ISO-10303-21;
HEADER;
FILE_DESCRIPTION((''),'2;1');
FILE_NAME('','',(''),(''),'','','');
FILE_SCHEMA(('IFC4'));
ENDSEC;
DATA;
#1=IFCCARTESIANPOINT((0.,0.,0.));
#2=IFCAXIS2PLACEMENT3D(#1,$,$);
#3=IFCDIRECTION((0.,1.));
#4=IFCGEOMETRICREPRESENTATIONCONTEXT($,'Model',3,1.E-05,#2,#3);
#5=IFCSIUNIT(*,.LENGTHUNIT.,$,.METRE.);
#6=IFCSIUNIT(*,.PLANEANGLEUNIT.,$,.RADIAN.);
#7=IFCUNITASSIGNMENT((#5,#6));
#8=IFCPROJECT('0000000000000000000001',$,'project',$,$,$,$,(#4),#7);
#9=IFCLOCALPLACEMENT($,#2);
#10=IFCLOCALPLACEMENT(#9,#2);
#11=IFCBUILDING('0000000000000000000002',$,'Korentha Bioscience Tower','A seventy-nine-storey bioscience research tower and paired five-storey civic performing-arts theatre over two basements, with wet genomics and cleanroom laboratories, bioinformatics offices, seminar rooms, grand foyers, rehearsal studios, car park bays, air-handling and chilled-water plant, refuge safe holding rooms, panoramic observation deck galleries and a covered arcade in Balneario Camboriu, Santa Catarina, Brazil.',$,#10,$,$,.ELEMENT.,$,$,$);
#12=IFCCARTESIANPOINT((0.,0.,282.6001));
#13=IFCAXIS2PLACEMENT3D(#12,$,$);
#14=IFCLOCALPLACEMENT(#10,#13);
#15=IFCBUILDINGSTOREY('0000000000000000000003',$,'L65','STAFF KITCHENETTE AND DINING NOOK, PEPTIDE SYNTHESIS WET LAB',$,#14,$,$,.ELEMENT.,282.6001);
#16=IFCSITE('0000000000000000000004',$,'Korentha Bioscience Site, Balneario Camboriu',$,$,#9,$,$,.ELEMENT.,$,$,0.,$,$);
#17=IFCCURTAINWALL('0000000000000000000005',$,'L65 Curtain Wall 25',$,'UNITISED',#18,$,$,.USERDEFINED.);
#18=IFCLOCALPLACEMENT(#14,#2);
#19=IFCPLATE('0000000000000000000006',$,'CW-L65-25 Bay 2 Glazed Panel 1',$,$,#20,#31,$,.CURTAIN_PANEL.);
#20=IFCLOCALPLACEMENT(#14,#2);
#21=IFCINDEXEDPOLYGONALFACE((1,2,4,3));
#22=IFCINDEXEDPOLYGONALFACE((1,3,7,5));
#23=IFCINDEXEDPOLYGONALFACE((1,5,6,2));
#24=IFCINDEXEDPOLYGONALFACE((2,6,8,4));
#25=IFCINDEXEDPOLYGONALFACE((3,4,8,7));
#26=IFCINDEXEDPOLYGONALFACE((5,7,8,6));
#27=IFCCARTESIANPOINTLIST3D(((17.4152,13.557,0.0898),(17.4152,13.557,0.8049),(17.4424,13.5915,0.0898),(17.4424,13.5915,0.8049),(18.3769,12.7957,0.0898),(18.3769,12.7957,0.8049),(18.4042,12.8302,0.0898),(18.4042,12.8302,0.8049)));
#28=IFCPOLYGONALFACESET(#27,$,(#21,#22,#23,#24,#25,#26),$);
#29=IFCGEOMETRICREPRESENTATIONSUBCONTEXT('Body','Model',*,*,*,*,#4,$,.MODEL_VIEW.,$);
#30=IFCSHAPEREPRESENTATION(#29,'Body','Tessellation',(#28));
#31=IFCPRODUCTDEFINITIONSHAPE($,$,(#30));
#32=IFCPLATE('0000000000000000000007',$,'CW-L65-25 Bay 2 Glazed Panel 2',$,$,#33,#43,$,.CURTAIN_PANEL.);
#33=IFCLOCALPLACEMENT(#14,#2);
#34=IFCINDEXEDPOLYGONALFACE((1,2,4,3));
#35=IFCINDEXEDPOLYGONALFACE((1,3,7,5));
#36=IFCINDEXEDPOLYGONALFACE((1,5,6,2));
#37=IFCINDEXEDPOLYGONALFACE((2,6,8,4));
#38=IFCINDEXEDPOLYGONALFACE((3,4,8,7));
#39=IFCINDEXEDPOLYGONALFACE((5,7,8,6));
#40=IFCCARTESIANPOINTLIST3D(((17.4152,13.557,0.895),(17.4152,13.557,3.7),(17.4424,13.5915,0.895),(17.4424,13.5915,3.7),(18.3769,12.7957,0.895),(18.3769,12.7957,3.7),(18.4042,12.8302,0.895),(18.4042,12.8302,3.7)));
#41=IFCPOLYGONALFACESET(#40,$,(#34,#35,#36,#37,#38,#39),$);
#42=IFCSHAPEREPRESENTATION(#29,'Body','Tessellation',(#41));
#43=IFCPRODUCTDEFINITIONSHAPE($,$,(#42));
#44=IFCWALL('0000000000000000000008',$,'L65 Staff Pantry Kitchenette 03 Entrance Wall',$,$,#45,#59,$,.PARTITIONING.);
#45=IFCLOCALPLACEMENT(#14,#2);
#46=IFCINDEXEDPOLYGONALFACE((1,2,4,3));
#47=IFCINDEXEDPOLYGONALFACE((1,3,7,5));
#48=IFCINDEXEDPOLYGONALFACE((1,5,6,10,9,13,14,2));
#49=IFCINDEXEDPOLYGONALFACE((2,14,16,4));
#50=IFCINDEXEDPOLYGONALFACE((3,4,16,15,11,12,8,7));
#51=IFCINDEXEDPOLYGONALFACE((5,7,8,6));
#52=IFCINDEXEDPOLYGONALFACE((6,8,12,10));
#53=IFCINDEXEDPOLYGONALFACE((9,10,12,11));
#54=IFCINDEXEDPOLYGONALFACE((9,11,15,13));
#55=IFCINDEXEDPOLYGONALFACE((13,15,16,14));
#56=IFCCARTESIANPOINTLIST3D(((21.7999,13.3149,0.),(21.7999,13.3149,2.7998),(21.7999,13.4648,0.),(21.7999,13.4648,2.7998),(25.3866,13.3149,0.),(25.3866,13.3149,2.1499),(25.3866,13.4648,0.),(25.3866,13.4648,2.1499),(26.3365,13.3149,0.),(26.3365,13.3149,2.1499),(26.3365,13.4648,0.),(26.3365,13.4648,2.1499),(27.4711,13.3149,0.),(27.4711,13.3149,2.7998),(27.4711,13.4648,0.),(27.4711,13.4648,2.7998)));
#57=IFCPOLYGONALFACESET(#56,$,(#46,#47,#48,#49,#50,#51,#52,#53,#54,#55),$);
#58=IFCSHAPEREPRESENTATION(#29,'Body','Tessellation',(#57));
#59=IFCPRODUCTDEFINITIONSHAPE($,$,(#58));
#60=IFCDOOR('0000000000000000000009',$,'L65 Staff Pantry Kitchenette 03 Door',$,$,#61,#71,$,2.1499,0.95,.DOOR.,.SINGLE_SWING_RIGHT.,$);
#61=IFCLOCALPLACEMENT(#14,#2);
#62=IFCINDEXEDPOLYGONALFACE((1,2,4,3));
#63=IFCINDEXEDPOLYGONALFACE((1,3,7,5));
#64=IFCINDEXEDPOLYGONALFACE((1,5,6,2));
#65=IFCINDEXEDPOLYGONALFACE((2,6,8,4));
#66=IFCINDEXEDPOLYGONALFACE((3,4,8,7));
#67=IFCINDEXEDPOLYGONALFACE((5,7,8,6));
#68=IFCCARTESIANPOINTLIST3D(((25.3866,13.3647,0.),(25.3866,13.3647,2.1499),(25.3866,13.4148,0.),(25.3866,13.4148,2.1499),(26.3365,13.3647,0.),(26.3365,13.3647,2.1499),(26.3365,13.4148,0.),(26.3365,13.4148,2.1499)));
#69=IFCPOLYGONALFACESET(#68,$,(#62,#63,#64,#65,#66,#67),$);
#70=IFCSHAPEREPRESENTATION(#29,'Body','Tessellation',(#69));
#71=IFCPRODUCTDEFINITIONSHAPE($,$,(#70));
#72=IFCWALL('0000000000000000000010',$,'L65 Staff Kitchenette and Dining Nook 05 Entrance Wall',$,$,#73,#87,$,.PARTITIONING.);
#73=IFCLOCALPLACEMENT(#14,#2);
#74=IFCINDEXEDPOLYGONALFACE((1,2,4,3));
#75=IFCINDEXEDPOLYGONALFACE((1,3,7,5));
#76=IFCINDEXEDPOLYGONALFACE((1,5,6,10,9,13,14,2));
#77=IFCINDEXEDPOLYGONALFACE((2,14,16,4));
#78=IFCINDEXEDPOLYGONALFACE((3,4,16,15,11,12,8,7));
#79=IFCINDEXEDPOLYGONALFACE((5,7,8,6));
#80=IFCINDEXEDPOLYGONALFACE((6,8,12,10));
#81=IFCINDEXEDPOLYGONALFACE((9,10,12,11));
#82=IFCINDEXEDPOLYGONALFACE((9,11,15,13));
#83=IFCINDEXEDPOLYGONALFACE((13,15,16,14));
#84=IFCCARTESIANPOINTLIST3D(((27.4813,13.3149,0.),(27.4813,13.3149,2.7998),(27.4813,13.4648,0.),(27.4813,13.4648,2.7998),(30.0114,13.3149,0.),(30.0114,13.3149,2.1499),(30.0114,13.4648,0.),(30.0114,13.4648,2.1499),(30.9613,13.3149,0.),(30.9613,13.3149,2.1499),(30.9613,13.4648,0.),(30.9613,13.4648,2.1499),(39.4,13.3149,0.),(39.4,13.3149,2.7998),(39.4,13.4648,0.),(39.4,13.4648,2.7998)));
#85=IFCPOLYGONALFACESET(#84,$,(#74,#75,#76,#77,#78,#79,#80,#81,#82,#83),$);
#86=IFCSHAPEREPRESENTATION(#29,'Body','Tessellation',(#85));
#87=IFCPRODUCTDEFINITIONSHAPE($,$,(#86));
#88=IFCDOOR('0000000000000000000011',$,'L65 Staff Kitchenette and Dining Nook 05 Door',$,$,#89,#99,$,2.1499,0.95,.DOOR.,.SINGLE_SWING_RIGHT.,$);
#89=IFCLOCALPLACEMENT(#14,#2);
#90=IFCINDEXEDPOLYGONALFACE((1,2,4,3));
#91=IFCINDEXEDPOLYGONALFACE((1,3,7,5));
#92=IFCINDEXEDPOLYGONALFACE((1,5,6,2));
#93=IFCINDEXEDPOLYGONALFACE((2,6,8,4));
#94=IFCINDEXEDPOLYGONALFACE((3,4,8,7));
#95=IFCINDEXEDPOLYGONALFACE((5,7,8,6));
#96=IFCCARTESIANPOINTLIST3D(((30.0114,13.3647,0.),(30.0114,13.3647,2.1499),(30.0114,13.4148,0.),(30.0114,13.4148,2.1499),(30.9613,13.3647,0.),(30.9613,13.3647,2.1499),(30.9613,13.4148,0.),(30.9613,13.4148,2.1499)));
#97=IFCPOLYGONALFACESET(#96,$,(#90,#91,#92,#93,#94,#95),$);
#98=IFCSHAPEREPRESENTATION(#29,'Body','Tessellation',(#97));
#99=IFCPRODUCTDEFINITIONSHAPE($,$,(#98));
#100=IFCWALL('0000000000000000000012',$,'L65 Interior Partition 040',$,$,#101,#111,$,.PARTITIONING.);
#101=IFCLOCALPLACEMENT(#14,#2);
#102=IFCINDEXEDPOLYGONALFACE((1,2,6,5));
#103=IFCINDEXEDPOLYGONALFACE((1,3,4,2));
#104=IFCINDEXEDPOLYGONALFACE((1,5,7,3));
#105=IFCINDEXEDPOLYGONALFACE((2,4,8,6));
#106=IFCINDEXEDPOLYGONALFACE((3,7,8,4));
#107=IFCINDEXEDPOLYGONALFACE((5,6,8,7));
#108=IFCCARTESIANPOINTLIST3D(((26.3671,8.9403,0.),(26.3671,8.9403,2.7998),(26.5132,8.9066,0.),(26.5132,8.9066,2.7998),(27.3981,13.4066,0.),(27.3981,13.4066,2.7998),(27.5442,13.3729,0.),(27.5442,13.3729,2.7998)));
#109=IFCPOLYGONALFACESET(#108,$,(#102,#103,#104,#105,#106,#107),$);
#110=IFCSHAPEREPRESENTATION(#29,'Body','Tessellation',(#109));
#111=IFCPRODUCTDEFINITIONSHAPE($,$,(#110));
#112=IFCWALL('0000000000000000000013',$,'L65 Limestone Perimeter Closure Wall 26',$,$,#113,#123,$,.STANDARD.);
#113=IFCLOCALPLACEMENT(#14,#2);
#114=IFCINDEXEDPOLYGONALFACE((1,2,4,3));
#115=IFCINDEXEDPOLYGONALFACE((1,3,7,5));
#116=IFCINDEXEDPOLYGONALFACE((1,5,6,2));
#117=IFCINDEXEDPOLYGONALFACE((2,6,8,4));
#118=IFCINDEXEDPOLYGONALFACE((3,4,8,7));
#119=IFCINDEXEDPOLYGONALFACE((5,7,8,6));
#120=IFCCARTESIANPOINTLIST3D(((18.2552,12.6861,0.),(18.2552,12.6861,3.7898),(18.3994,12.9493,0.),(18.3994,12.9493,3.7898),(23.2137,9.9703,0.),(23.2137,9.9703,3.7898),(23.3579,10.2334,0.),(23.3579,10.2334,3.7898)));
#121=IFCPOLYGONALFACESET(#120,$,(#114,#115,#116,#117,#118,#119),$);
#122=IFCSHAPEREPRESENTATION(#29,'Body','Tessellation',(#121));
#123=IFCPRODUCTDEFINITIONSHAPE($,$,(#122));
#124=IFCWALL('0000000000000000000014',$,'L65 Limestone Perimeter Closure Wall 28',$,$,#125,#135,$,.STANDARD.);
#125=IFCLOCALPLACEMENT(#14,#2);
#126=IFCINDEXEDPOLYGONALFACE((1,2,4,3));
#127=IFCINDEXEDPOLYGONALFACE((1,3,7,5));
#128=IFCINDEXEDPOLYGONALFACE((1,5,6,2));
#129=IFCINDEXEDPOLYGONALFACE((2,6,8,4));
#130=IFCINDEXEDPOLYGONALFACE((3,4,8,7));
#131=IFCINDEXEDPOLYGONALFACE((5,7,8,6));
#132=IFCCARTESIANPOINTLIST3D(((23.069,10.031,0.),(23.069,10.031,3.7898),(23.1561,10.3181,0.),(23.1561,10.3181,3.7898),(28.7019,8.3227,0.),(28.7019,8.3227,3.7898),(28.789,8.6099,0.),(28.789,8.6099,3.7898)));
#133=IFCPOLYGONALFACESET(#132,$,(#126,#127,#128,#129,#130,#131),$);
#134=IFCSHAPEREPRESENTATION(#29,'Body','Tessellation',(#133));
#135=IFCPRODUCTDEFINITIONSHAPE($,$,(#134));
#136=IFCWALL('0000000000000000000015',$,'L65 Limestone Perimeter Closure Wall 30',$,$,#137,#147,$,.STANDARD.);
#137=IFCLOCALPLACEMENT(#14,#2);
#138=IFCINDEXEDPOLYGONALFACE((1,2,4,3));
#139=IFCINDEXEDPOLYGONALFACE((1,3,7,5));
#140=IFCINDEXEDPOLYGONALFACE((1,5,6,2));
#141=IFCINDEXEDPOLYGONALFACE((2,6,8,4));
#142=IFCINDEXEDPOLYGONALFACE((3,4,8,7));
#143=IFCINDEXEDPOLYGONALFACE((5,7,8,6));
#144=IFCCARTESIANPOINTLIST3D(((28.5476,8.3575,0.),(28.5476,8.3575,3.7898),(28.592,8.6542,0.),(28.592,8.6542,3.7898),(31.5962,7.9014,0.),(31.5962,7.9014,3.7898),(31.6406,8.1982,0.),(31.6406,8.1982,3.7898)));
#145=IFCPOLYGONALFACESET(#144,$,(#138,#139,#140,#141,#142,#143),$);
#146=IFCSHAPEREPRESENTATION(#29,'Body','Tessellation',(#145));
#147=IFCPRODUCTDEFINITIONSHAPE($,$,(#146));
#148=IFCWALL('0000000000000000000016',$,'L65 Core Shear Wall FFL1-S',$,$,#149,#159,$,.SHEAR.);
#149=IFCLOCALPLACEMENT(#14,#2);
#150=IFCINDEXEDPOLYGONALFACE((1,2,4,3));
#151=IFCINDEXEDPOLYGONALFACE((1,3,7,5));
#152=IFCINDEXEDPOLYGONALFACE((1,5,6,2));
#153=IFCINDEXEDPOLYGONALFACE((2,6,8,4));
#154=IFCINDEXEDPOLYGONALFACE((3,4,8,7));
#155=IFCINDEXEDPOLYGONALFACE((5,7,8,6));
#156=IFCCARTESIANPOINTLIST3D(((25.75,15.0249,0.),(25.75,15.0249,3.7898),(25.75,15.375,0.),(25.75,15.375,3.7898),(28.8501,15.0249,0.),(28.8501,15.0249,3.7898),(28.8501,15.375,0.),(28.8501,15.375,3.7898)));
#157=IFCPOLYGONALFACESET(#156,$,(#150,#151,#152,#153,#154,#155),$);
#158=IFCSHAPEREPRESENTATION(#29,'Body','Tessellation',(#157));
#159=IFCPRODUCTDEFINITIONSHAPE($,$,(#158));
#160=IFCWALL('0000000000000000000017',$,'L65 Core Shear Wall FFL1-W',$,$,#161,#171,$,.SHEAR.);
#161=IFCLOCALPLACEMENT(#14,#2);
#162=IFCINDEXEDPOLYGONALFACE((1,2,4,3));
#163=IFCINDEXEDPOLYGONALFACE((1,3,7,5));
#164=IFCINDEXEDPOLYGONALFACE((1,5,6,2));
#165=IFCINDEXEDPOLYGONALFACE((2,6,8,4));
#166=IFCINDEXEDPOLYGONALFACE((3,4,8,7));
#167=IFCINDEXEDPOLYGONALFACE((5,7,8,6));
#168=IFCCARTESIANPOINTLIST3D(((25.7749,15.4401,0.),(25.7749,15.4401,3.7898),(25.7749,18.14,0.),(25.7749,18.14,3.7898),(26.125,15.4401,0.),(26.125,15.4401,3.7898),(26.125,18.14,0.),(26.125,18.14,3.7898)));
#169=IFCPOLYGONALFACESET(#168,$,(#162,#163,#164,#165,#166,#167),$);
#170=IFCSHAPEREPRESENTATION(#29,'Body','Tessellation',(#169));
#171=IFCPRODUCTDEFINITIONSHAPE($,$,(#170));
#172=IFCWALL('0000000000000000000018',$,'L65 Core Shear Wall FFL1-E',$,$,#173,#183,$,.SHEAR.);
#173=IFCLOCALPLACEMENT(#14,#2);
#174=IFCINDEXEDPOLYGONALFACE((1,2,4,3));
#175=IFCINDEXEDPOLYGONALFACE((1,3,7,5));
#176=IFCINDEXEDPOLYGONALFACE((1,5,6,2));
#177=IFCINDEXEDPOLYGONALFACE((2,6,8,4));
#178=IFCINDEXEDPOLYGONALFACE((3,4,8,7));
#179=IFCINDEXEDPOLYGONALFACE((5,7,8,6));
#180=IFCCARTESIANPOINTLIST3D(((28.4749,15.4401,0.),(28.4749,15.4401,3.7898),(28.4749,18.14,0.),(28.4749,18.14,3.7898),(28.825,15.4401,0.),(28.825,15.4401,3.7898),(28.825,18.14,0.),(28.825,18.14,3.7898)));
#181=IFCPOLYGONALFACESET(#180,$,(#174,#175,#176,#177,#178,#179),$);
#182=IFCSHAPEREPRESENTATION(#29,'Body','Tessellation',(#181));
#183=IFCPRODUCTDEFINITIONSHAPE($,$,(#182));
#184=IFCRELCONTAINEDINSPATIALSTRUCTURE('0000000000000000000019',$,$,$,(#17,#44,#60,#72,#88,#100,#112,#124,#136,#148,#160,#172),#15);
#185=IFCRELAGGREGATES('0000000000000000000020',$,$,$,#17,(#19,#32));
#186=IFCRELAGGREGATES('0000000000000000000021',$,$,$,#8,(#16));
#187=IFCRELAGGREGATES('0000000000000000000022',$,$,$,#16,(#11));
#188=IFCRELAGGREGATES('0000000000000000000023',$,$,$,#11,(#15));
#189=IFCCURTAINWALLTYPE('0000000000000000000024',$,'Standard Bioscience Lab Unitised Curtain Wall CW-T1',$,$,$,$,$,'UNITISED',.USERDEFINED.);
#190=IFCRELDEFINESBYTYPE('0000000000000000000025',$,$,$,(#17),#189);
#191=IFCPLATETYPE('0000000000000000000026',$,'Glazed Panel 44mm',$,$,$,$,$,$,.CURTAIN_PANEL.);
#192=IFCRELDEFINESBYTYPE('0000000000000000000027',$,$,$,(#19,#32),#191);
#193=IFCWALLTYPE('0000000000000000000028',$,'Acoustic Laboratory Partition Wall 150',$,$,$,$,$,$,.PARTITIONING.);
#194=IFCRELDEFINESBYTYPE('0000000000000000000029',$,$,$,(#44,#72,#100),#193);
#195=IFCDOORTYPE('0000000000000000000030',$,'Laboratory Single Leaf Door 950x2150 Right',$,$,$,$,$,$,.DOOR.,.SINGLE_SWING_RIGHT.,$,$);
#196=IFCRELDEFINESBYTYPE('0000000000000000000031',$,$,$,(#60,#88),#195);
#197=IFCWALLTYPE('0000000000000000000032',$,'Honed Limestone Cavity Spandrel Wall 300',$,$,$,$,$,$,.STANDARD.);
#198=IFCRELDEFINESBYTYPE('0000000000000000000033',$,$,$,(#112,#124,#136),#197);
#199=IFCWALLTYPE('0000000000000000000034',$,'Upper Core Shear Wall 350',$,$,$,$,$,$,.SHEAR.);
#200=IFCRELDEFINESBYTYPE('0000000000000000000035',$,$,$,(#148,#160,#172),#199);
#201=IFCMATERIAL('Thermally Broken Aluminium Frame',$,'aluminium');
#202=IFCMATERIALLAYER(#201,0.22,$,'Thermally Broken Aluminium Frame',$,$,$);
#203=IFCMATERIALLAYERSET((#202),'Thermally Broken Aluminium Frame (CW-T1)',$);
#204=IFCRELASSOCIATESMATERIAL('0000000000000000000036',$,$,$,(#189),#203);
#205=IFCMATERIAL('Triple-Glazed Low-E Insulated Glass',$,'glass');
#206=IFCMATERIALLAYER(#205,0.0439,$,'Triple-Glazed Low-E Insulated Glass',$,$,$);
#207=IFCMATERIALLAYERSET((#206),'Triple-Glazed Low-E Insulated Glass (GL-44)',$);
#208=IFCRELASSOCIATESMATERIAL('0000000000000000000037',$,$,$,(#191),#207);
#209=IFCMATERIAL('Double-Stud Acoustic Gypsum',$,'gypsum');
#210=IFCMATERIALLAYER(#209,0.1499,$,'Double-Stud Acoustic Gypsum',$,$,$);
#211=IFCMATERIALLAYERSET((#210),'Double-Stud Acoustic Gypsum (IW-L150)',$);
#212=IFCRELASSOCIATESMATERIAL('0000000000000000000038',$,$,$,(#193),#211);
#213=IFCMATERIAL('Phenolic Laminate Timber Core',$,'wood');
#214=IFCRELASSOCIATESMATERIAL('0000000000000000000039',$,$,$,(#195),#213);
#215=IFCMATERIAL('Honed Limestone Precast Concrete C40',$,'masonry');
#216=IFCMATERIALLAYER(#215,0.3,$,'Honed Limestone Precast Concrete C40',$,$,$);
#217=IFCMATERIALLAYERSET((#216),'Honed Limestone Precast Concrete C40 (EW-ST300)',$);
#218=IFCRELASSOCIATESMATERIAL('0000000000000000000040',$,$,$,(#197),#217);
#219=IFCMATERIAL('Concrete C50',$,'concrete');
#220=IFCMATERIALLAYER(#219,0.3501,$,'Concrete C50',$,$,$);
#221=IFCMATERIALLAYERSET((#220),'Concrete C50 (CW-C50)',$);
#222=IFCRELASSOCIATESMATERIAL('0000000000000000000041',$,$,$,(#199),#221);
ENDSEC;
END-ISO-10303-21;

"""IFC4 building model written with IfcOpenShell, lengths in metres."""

from ifc_helpers import new_model, si_unit, direction, frame, frame_2d, origin, origin_2d, place, context, subcontext, project, spatial, rectangle, extrude, material, layer, layer_set, type_object, element, fill, aggregate, save


model = new_model("IFC4")

# Units and contexts
model_context = context("Model", 3, precision=1e-05, world=origin(), true_north=direction((0.0, 1.0)))
body_context = subcontext(model_context, "Body", "Model", "MODEL_VIEW")
ifc_project = project(units=[si_unit("LENGTHUNIT", "METRE"), si_unit("PLANEANGLEUNIT", "RADIAN")], contexts=[model_context])

# Site, building, storey
site_placement = place(None, origin())
site = spatial("IfcSite", under=ifc_project, at=site_placement, Name="Korentha Bioscience Site, Balneario Camboriu", CompositionType="ELEMENT", RefElevation=0.0)
building_placement = place(site_placement, origin())
building = spatial("IfcBuilding", under=site, at=building_placement, Name="Korentha Bioscience Tower", Description="A seventy-nine-storey bioscience research tower and paired five-storey civic performing-arts theatre over two basements, with wet genomics and cleanroom laboratories, bioinformatics offices, seminar rooms, grand foyers, rehearsal studios, car park bays, air-handling and chilled-water plant, refuge safe holding rooms, panoramic observation deck galleries and a covered arcade in Balneario Camboriu, Santa Catarina, Brazil.", CompositionType="ELEMENT")
storey_placement = place(building_placement, frame((0.0, 0.0, 282.6001)))
storey = spatial("IfcBuildingStorey", under=building, at=storey_placement, Name="L65", Description="STAFF KITCHENETTE AND DINING NOOK, PEPTIDE SYNTHESIS WET LAB", CompositionType="ELEMENT", Elevation=282.6001)

# Shared definitions
ifc_material_1 = material(Name="Concrete C50", Category="concrete")

# Curtain wall
ifc_material_2 = material(Name="Thermally Broken Aluminium Frame", Category="aluminium")
ifc_layer_1 = layer(ifc_material_2, 0.22, Name="Thermally Broken Aluminium Frame")
ifc_layer_set_1 = layer_set([ifc_layer_1], Name="Thermally Broken Aluminium Frame (CW-T1)")
curtain_wall_type = type_object("IfcCurtainWallType", Name="Standard Bioscience Lab Unitised Curtain Wall CW-T1", ElementType="UNITISED", PredefinedType="USERDEFINED", material=ifc_layer_set_1)
curtain_wall_placement = place(storey_placement, origin())
curtain_wall = element("IfcCurtainWall", 1, at=curtain_wall_placement, inside=storey, type_object=curtain_wall_type, Name="L65 Curtain Wall 25", ObjectType="UNITISED", PredefinedType="USERDEFINED")

# Plates
ifc_material_3 = material(Name="Triple-Glazed Low-E Insulated Glass", Category="glass")
ifc_layer_2 = layer(ifc_material_3, 0.0439, Name="Triple-Glazed Low-E Insulated Glass")
ifc_layer_set_2 = layer_set([ifc_layer_2], Name="Triple-Glazed Low-E Insulated Glass (GL-44)")
plate_type = type_object("IfcPlateType", Name="Glazed Panel 44mm", PredefinedType="CURTAIN_PANEL", material=ifc_layer_set_2)
plate_1_placement = place(storey_placement, frame((17.9097, 13.1936, 0.0898), z_axis=(0.0, 0.0, 1.0), x_axis=(0.784076, -0.620665, 0.0)))
plate_1 = element("IfcPlate", 2, at=plate_1_placement, type_object=plate_type, Name="CW-L65-25 Bay 2 Glazed Panel 1", PredefinedType="CURTAIN_PANEL", context=body_context, shape_type="SweptSolid", body=[
    extrude(rectangle(XDim=1.2266, YDim=0.0439, at=origin_2d()), origin(), (0.0, 0.0, 1.0), 0.7151),
])
plate_2_placement = place(storey_placement, frame((17.9097, 13.1936, 0.895), z_axis=(0.0, 0.0, 1.0), x_axis=(0.784076, -0.620665, 0.0)))
plate_2 = element("IfcPlate", 3, at=plate_2_placement, type_object=plate_type, Name="CW-L65-25 Bay 2 Glazed Panel 2", PredefinedType="CURTAIN_PANEL", context=body_context, shape_type="SweptSolid", body=[
    extrude(rectangle(XDim=1.2266, YDim=0.0439, at=origin_2d()), origin(), (0.0, 0.0, 1.0), 2.8049),
])
aggregate(curtain_wall, [plate_1, plate_2])

# Walls, openings, doors
ifc_material_4 = material(Name="Double-Stud Acoustic Gypsum", Category="gypsum")
ifc_layer_3 = layer(ifc_material_4, 0.1499, Name="Double-Stud Acoustic Gypsum")
ifc_layer_set_3 = layer_set([ifc_layer_3], Name="Double-Stud Acoustic Gypsum (IW-L150)")
wall_type_1 = type_object("IfcWallType", Name="Acoustic Laboratory Partition Wall 150", PredefinedType="PARTITIONING", material=ifc_layer_set_3)
wall_1_placement = place(storey_placement, frame((21.8, 13.3899, 0.0), z_axis=(0.0, 0.0, 1.0), x_axis=(1.0, 0.0, 0.0)))
wall_1 = element("IfcWall", 4, at=wall_1_placement, inside=storey, type_object=wall_type_1, Name="L65 Staff Pantry Kitchenette 03 Entrance Wall", PredefinedType="PARTITIONING", context=body_context, shape_type="SweptSolid", body=[
    extrude(rectangle(XDim=5.6711, YDim=0.1499, at=frame_2d((2.8354, 0.0))), origin(), (0.0, 0.0, 1.0), 2.7998),
])
opening_1_placement = place(wall_1_placement, frame((3.5864, 0.0, 0.0)))
opening_1 = element("IfcOpeningElement", 5, at=opening_1_placement, cuts=wall_1, PredefinedType="OPENING", context=body_context, shape_type="SweptSolid", body=[
    extrude(rectangle(XDim=0.95, YDim=2.1499, at=frame_2d((0.4751, 1.075))), frame((0.0, 0.0898, 0.0), z_axis=(0.0, -1.0, 0.0), x_axis=(1.0, 0.0, 0.0)), (0.0, 0.0, 1.0), 0.1797),
])
ifc_material_5 = material(Name="Phenolic Laminate Timber Core", Category="wood")
door_type = type_object("IfcDoorType", Name="Laboratory Single Leaf Door 950x2150 Right", OperationType="SINGLE_SWING_RIGHT", PredefinedType="DOOR", material=ifc_material_5)
door_1_placement = place(opening_1_placement, origin())
door_1 = element("IfcDoor", 6, at=door_1_placement, inside=storey, type_object=door_type, Name="L65 Staff Pantry Kitchenette 03 Door", OperationType="SINGLE_SWING_RIGHT", OverallHeight=2.1499, OverallWidth=0.95, PredefinedType="DOOR", context=body_context, shape_type="SweptSolid", body=[
    extrude(rectangle(XDim=0.95, YDim=2.1499, at=frame_2d((0.4751, 1.075))), frame((0.0, 0.0249, 0.0), z_axis=(0.0, -1.0, 0.0), x_axis=(1.0, 0.0, 0.0)), (0.0, 0.0, 1.0), 0.05),
])
fill(opening_1, door_1)
wall_2_placement = place(storey_placement, frame((27.4812, 13.3899, 0.0), z_axis=(0.0, 0.0, 1.0), x_axis=(1.0, 0.0, 0.0)))
wall_2 = element("IfcWall", 7, at=wall_2_placement, inside=storey, type_object=wall_type_1, Name="L65 Staff Kitchenette and Dining Nook 05 Entrance Wall", PredefinedType="PARTITIONING", context=body_context, shape_type="SweptSolid", body=[
    extrude(rectangle(XDim=11.9187, YDim=0.1499, at=frame_2d((5.9595, 0.0))), origin(), (0.0, 0.0, 1.0), 2.7998),
])
opening_2_placement = place(wall_2_placement, frame((2.53, 0.0, 0.0)))
opening_2 = element("IfcOpeningElement", 8, at=opening_2_placement, cuts=wall_2, PredefinedType="OPENING", context=body_context, shape_type="SweptSolid", body=[
    extrude(rectangle(XDim=0.95, YDim=2.1499, at=frame_2d((0.4751, 1.075))), frame((0.0, 0.0898, 0.0), z_axis=(0.0, -1.0, 0.0), x_axis=(1.0, 0.0, 0.0)), (0.0, 0.0, 1.0), 0.1797),
])
door_2_placement = place(opening_2_placement, origin())
door_2 = element("IfcDoor", 9, at=door_2_placement, inside=storey, type_object=door_type, Name="L65 Staff Kitchenette and Dining Nook 05 Door", OperationType="SINGLE_SWING_RIGHT", OverallHeight=2.1499, OverallWidth=0.95, PredefinedType="DOOR", context=body_context, shape_type="SweptSolid", body=[
    extrude(rectangle(XDim=0.95, YDim=2.1499, at=frame_2d((0.4751, 1.075))), frame((0.0, 0.0249, 0.0), z_axis=(0.0, -1.0, 0.0), x_axis=(1.0, 0.0, 0.0)), (0.0, 0.0, 1.0), 0.05),
])
fill(opening_2, door_2)

# Walls
wall_3_placement = place(storey_placement, frame((27.4712, 13.3899, 0.0), z_axis=(0.0, 0.0, 1.0), x_axis=(-0.224926, -0.974376, 0.0)))
element("IfcWall", 10, at=wall_3_placement, inside=storey, type_object=wall_type_1, Name="L65 Interior Partition 040", PredefinedType="PARTITIONING", context=body_context, shape_type="SweptSolid", body=[
    extrude(rectangle(XDim=4.5837, YDim=0.1499, at=frame_2d((2.292, 0.0))), origin(), (0.0, 0.0, 1.0), 2.7998),
])
ifc_material_6 = material(Name="Honed Limestone Precast Concrete C40", Category="masonry")
ifc_layer_4 = layer(ifc_material_6, 0.3, Name="Honed Limestone Precast Concrete C40")
ifc_layer_set_4 = layer_set([ifc_layer_4], Name="Honed Limestone Precast Concrete C40 (EW-ST300)")
wall_type_2 = type_object("IfcWallType", Name="Honed Limestone Cavity Spandrel Wall 300", PredefinedType="STANDARD", material=ifc_layer_set_4)
wall_4_placement = place(storey_placement, frame((18.3274, 12.8176, 0.0), z_axis=(0.0, 0.0, 1.0), x_axis=(0.877062, -0.480376, 0.0)))
element("IfcWall", 11, at=wall_4_placement, inside=storey, type_object=wall_type_2, Name="L65 Limestone Perimeter Closure Wall 26", PredefinedType="STANDARD", context=body_context, shape_type="SweptSolid", body=[
    extrude(rectangle(XDim=5.6536, YDim=0.3, at=frame_2d((2.8267, 0.0))), origin(), (0.0, 0.0, 1.0), 3.7898),
])
wall_5_placement = place(storey_placement, frame((23.1125, 10.1746, 0.0), z_axis=(0.0, 0.0, 1.0), x_axis=(0.956961, -0.290216, 0.0)))
element("IfcWall", 12, at=wall_5_placement, inside=storey, type_object=wall_type_2, Name="L65 Limestone Perimeter Closure Wall 28", PredefinedType="STANDARD", context=body_context, shape_type="SweptSolid", body=[
    extrude(rectangle(XDim=5.8862, YDim=0.3, at=frame_2d((2.9431, 0.0))), origin(), (0.0, 0.0, 1.0), 3.7898),
])
wall_6_placement = place(storey_placement, frame((28.5698, 8.5059, 0.0), z_axis=(0.0, 0.0, 1.0), x_axis=(0.988995, -0.147949, 0.0)))
element("IfcWall", 13, at=wall_6_placement, inside=storey, type_object=wall_type_2, Name="L65 Limestone Perimeter Closure Wall 30", PredefinedType="STANDARD", context=body_context, shape_type="SweptSolid", body=[
    extrude(rectangle(XDim=3.0825, YDim=0.3, at=frame_2d((1.5413, 0.0))), origin(), (0.0, 0.0, 1.0), 3.7898),
])
ifc_layer_5 = layer(ifc_material_1, 0.3501, Name="Concrete C50")
ifc_layer_set_5 = layer_set([ifc_layer_5], Name="Concrete C50 (CW-C50)")
wall_type_3 = type_object("IfcWallType", Name="Upper Core Shear Wall 350", PredefinedType="SHEAR", material=ifc_layer_set_5)
wall_7_placement = place(storey_placement, frame((25.75, 15.2, 0.0), z_axis=(0.0, 0.0, 1.0), x_axis=(1.0, 0.0, 0.0)))
element("IfcWall", 14, at=wall_7_placement, inside=storey, type_object=wall_type_3, Name="L65 Core Shear Wall FFL1-S", PredefinedType="SHEAR", context=body_context, shape_type="SweptSolid", body=[
    extrude(rectangle(XDim=3.1001, YDim=0.3501, at=frame_2d((1.55, 0.0))), origin(), (0.0, 0.0, 1.0), 3.7898),
])
for number, where, z_axis, x_axis, name in (
    (15, (25.95, 15.4399, 0.0), (0.0, 0.0, 1.0), (0.0, 1.0, 0.0), "L65 Core Shear Wall FFL1-W"),
    (16, (28.6499, 15.4399, 0.0), (0.0, 0.0, 1.0), (0.0, 1.0, 0.0), "L65 Core Shear Wall FFL1-E"),
):
    element("IfcWall", number, at=place(storey_placement, frame(where, z_axis=z_axis, x_axis=x_axis)), inside=storey, type_object=wall_type_3, Name=name, PredefinedType="SHEAR", context=body_context, shape_type="SweptSolid", body=[
        extrude(rectangle(XDim=2.7, YDim=0.3501, at=frame_2d((1.3501, 0.0))), origin(), (0.0, 0.0, 1.0), 3.7898),
    ])

save(model, "model.ifc")
